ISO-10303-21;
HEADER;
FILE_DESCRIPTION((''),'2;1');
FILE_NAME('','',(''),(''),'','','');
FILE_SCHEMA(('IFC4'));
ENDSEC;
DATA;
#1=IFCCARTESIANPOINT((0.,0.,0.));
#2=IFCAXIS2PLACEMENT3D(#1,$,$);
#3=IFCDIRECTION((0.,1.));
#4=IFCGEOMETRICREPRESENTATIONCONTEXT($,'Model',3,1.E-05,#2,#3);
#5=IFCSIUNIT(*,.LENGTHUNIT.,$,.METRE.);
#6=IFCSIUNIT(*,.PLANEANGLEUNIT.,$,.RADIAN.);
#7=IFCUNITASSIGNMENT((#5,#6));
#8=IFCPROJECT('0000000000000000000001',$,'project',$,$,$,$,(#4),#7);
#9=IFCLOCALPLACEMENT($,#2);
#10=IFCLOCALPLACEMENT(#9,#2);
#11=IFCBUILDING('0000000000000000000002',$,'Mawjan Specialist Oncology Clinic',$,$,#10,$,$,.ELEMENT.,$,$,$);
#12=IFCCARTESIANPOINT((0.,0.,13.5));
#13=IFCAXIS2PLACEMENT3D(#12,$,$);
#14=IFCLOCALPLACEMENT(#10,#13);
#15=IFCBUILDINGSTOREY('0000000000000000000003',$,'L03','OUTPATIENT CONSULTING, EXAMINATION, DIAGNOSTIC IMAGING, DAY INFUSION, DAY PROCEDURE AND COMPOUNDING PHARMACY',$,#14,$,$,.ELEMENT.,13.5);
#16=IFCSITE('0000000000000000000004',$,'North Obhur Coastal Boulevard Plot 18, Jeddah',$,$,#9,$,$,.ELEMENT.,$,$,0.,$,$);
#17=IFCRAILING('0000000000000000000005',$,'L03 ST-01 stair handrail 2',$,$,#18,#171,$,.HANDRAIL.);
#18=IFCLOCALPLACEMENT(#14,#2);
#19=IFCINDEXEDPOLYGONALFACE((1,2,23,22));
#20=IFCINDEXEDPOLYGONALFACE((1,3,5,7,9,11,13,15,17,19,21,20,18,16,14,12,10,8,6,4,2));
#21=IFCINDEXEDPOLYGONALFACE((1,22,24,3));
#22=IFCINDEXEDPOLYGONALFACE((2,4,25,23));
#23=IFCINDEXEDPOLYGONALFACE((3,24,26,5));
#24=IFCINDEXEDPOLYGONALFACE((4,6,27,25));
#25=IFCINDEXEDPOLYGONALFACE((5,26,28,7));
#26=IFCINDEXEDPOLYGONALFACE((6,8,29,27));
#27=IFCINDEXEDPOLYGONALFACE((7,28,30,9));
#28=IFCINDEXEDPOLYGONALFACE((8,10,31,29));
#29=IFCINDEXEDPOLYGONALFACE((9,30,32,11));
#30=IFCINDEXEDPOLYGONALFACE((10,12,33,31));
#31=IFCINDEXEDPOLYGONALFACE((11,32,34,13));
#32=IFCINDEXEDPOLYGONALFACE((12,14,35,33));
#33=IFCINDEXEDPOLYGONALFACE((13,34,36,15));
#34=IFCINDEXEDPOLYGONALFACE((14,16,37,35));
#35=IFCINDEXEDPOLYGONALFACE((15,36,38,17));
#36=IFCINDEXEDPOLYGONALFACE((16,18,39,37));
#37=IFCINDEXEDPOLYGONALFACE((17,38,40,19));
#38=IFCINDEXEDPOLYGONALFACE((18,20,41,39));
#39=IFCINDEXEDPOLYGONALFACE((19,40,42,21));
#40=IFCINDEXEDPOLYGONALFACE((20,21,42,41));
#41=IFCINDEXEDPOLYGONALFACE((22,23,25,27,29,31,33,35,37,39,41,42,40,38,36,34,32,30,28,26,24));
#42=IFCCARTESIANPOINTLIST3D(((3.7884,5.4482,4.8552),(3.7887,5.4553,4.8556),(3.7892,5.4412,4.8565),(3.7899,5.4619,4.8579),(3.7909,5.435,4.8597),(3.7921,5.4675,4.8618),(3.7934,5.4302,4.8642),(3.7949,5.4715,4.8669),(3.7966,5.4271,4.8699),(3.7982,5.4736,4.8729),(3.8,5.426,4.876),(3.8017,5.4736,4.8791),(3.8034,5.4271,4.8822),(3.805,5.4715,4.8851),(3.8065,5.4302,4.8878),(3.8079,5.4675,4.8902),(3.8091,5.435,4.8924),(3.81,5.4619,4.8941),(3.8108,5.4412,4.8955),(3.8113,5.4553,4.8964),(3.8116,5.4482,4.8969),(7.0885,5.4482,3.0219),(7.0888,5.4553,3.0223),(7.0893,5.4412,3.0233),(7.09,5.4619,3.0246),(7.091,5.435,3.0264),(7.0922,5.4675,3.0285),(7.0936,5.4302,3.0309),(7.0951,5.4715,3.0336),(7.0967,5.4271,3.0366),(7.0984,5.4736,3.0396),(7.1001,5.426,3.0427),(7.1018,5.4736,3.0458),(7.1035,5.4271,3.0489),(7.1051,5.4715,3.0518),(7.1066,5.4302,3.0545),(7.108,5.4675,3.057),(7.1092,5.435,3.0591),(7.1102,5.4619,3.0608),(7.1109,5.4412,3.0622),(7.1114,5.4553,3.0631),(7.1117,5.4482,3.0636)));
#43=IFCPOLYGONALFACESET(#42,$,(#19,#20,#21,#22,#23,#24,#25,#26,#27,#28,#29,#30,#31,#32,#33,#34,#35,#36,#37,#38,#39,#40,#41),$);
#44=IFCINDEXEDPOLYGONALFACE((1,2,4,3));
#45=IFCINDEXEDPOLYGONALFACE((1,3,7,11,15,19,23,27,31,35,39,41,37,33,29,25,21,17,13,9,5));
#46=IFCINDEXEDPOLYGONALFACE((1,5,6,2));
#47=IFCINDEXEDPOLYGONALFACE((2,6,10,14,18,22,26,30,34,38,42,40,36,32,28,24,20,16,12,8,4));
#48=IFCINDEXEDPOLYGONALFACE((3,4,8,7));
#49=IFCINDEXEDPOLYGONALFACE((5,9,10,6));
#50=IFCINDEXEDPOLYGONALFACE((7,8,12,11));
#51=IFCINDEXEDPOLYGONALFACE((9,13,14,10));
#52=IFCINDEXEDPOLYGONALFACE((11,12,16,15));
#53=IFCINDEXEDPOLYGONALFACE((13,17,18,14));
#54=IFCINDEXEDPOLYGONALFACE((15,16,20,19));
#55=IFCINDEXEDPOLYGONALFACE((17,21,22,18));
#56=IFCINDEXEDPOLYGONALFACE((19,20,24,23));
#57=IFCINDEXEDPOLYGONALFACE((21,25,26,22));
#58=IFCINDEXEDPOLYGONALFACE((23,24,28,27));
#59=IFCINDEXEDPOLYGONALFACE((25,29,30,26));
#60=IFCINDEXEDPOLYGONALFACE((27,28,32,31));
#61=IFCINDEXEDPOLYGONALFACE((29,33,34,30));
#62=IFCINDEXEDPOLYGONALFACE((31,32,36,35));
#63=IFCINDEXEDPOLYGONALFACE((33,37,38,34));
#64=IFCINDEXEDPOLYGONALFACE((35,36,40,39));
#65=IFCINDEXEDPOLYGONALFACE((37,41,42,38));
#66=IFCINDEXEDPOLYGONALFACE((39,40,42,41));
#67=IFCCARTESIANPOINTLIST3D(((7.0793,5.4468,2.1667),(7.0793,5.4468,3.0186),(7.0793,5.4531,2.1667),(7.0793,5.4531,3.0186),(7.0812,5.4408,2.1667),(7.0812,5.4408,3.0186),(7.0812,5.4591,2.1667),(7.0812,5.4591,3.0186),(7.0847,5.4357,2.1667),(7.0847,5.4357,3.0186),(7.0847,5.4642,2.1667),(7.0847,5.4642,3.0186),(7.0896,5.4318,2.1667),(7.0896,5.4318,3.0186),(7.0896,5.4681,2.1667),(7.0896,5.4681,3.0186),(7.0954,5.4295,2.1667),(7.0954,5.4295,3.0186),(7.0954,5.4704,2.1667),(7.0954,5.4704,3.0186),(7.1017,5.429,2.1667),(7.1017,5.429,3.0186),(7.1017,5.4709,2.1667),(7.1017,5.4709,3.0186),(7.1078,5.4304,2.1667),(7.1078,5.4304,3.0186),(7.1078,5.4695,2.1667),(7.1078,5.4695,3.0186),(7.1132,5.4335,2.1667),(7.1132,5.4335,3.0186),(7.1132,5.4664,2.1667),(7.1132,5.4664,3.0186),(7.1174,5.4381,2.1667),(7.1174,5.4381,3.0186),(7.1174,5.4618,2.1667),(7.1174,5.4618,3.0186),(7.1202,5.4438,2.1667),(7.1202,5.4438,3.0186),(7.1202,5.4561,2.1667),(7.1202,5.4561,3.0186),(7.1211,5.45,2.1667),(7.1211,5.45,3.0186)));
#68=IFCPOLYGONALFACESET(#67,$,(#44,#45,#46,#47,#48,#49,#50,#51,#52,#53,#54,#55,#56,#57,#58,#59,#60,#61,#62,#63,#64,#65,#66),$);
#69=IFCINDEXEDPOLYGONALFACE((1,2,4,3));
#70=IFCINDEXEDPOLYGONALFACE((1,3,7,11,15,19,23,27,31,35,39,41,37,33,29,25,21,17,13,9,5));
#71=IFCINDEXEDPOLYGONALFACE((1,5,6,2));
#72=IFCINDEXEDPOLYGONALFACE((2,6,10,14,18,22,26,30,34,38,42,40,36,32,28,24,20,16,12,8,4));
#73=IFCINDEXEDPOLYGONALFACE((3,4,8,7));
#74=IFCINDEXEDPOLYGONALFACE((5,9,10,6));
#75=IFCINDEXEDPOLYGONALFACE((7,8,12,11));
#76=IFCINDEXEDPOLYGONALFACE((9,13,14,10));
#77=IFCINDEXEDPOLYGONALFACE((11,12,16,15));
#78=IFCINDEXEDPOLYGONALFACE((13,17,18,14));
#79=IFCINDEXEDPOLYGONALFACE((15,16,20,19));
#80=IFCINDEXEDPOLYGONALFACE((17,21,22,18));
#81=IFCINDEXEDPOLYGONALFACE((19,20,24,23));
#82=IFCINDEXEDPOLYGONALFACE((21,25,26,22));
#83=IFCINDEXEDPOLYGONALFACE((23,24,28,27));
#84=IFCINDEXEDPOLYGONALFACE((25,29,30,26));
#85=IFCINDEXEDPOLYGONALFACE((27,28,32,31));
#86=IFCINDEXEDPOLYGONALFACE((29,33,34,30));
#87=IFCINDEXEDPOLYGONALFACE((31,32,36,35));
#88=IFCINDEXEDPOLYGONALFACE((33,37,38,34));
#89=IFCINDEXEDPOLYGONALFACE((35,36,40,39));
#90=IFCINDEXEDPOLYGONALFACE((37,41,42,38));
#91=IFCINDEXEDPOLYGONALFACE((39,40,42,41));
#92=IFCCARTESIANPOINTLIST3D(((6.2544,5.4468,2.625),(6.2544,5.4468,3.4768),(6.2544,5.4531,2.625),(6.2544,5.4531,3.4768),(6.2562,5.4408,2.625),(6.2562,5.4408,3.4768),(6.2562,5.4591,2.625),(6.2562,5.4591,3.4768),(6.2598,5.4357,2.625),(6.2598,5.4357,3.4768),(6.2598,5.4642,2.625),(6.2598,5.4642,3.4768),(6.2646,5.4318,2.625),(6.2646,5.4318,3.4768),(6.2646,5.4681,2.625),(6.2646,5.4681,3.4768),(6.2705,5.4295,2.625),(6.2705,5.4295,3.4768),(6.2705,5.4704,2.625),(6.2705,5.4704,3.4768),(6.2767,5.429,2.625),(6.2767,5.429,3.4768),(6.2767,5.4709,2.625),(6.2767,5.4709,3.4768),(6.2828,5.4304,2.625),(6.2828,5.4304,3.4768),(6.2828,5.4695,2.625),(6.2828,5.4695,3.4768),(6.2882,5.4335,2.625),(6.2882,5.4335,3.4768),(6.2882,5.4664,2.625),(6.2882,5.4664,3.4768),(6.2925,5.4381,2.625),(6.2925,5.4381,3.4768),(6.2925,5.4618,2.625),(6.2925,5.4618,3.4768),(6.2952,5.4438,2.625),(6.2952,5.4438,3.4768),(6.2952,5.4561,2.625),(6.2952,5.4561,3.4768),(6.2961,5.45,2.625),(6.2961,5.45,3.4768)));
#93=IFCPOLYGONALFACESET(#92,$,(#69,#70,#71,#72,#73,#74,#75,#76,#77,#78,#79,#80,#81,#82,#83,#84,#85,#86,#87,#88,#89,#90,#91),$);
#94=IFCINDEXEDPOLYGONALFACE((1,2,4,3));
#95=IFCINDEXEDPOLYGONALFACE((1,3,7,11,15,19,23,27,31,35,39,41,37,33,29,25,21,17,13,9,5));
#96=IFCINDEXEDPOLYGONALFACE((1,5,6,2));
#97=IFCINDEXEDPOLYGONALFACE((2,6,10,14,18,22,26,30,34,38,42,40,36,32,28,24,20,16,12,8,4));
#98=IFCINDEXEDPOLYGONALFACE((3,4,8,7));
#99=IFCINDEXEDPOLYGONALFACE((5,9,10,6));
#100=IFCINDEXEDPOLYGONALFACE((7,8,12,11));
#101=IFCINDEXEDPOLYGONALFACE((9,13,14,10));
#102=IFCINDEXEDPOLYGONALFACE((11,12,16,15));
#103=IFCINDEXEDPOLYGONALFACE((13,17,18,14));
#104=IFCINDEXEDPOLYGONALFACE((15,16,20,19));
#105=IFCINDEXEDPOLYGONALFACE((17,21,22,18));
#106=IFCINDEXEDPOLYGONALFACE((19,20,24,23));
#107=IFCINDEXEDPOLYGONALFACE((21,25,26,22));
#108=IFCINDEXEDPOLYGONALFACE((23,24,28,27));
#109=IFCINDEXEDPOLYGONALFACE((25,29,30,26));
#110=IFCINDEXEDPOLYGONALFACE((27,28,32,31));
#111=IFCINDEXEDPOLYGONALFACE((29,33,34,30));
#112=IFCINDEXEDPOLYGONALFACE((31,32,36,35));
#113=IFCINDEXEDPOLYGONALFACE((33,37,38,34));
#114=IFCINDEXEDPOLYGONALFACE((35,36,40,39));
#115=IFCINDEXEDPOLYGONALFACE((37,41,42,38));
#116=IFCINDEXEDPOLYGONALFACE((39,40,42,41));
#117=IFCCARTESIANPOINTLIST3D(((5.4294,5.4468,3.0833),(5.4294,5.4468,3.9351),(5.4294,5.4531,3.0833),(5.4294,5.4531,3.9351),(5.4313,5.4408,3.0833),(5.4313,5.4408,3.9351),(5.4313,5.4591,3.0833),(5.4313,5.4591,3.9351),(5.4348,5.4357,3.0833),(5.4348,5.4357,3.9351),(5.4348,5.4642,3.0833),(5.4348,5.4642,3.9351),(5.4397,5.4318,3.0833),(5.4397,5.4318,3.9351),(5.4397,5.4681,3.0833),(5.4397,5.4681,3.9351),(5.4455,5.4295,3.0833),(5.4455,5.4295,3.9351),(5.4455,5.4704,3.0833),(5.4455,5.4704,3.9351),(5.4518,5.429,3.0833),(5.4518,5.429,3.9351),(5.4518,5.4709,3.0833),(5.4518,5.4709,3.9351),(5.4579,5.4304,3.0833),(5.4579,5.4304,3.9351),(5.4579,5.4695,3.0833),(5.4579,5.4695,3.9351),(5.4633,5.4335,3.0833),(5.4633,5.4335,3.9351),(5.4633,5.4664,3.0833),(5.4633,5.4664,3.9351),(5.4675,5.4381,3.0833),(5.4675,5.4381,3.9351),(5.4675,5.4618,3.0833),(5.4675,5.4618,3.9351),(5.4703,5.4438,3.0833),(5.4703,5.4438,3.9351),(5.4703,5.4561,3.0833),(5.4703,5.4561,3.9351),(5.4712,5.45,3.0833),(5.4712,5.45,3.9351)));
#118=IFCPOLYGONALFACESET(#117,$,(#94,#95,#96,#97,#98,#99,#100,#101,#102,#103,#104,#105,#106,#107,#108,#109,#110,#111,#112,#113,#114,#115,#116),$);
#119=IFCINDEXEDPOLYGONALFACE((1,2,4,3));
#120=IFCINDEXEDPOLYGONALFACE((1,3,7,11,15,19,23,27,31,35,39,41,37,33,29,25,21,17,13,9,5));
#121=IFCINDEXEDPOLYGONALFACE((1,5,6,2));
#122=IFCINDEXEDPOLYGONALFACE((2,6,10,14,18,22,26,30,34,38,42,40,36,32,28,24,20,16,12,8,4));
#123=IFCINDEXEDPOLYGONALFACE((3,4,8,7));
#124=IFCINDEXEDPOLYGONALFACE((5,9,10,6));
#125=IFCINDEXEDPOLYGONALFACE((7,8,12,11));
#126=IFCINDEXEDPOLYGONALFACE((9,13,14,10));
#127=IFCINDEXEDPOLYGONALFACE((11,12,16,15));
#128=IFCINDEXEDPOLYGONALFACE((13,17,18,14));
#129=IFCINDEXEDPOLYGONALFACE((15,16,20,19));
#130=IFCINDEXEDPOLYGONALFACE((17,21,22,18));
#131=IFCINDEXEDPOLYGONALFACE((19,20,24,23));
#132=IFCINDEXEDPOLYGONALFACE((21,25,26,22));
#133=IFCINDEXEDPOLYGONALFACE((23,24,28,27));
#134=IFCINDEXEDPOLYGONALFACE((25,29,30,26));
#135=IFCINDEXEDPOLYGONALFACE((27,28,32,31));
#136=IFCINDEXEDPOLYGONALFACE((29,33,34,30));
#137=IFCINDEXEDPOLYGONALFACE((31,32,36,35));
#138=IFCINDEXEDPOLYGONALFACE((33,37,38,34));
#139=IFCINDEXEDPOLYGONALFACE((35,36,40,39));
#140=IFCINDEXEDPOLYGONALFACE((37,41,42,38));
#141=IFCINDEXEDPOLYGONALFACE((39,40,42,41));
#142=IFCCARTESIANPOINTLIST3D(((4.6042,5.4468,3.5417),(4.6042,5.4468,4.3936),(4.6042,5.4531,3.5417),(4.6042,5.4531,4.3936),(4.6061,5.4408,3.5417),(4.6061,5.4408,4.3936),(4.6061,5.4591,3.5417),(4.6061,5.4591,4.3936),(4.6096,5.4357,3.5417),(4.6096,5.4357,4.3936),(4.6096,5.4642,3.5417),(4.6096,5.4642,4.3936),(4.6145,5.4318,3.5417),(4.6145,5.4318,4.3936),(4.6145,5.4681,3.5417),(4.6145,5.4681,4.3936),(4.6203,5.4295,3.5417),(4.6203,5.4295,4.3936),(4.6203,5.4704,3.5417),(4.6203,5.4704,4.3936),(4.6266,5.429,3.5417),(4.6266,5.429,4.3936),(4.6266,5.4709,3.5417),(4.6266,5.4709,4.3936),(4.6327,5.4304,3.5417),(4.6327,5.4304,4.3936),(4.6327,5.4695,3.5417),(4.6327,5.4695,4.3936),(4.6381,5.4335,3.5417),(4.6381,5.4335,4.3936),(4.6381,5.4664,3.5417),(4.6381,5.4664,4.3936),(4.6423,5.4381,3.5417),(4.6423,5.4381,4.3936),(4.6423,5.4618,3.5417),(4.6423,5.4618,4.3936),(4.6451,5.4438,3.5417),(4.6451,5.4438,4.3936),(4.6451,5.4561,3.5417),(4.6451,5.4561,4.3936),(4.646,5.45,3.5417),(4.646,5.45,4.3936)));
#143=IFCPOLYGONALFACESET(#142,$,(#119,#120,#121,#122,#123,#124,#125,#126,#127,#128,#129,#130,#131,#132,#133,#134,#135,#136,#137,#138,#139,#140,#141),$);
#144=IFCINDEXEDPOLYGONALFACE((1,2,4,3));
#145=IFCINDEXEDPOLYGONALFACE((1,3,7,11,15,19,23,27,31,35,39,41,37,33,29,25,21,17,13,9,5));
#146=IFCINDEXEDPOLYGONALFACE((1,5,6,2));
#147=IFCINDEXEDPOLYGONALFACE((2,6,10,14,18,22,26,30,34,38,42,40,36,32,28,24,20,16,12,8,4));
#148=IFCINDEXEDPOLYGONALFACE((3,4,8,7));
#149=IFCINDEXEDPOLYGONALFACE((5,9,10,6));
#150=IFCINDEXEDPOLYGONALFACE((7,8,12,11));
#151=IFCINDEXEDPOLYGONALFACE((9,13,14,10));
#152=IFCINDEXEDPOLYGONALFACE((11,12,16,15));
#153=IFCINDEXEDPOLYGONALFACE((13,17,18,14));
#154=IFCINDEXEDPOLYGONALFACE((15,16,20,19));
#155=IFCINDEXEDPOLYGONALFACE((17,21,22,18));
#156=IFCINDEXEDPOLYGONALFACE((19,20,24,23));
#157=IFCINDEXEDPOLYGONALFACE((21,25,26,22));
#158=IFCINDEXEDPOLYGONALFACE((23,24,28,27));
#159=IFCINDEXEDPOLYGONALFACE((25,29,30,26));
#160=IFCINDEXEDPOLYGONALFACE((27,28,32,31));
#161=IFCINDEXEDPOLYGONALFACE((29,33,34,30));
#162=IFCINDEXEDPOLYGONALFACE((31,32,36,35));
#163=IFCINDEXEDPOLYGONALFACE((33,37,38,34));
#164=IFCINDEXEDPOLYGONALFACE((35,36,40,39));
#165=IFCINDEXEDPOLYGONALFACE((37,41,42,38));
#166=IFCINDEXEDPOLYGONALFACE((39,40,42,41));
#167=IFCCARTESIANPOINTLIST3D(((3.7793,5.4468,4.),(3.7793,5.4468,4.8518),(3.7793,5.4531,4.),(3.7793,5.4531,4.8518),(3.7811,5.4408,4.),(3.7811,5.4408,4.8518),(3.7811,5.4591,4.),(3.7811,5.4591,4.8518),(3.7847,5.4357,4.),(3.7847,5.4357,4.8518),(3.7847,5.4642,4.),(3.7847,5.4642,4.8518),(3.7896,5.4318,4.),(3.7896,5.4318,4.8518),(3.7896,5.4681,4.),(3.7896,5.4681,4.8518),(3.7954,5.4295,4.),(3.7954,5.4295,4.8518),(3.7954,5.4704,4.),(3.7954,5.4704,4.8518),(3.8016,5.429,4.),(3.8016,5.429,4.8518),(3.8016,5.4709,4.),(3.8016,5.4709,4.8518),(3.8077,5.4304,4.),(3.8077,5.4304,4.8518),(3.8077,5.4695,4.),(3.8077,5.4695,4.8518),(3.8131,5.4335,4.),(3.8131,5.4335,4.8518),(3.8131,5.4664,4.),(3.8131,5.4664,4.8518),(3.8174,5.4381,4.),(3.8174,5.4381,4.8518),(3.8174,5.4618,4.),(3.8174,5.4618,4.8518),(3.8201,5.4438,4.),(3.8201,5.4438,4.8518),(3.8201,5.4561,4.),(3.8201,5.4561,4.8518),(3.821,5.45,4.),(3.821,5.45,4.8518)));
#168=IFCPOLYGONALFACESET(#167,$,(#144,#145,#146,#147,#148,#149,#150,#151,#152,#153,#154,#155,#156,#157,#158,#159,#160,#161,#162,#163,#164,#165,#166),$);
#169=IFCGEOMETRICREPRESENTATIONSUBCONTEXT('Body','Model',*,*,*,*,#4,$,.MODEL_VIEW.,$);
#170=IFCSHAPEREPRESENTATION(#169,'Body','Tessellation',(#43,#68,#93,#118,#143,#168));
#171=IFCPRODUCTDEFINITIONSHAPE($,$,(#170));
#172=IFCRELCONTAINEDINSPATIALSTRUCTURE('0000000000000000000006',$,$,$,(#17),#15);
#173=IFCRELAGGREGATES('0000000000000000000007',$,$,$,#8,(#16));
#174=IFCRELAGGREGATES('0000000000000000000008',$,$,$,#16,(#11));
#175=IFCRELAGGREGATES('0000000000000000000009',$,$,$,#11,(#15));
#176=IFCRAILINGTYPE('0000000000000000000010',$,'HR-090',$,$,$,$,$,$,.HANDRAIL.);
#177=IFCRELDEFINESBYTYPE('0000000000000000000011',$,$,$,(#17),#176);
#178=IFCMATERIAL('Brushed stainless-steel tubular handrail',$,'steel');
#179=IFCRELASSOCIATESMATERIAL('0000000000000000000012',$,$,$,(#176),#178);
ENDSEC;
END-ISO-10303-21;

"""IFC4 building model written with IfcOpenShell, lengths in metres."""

from ifc_helpers import new_model, si_unit, direction, frame, origin, origin_2d, place, context, subcontext, project, spatial, circle, extrude, material, type_object, element, save


model = new_model("IFC4")

# Units and contexts
model_context = context("Model", 3, precision=1e-05, world=origin(), true_north=direction((0.0, 1.0)))
body_context = subcontext(model_context, "Body", "Model", "MODEL_VIEW")
ifc_project = project(units=[si_unit("LENGTHUNIT", "METRE"), si_unit("PLANEANGLEUNIT", "RADIAN")], contexts=[model_context])

# Site, building, storey
site_placement = place(None, origin())
site = spatial("IfcSite", under=ifc_project, at=site_placement, Name="North Obhur Coastal Boulevard Plot 18, Jeddah", CompositionType="ELEMENT", RefElevation=0.0)
building_placement = place(site_placement, origin())
building = spatial("IfcBuilding", under=site, at=building_placement, Name="Mawjan Specialist Oncology Clinic", CompositionType="ELEMENT")
storey_placement = place(building_placement, frame((0.0, 0.0, 13.5)))
storey = spatial("IfcBuildingStorey", under=building, at=storey_placement, Name="L03", Description="OUTPATIENT CONSULTING, EXAMINATION, DIAGNOSTIC IMAGING, DAY INFUSION, DAY PROCEDURE AND COMPOUNDING PHARMACY", CompositionType="ELEMENT", Elevation=13.5)

# Railing
ifc_material_1 = material(Name="Brushed stainless-steel tubular handrail", Category="steel")
railing_type = type_object("IfcRailingType", Name="HR-090", PredefinedType="HANDRAIL", material=ifc_material_1)
railing_placement = place(storey_placement, frame((7.1001, 5.45, 2.1667)))
element("IfcRailing", 1, at=railing_placement, inside=storey, type_object=railing_type, Name="L03 ST-01 stair handrail 2", PredefinedType="HANDRAIL", context=body_context, shape_type="SweptSolid", body=[
    extrude(circle(Radius=0.0239, at=origin_2d()), frame((0.0, 0.0, 0.876), z_axis=(-0.874169, 0.0, 0.485621), x_axis=(0.0, -1.0, 0.0)), (0.0, 0.0, 1.0), 3.7751),
    extrude(circle(Radius=0.021, at=origin_2d()), origin(), (0.0, 0.0, 1.0), 0.8518),
    extrude(circle(Radius=0.021, at=origin_2d()), frame((-0.825, 0.0, 0.4583)), (0.0, 0.0, 1.0), 0.8518),
    extrude(circle(Radius=0.021, at=origin_2d()), frame((-1.6499, 0.0, 0.9165)), (0.0, 0.0, 1.0), 0.8518),
    extrude(circle(Radius=0.021, at=origin_2d()), frame((-2.4751, 0.0, 1.375)), (0.0, 0.0, 1.0), 0.8518),
    extrude(circle(Radius=0.021, at=origin_2d()), frame((-3.3, 0.0, 1.8333)), (0.0, 0.0, 1.0), 0.8518),
])

save(model, "model.ifc")
